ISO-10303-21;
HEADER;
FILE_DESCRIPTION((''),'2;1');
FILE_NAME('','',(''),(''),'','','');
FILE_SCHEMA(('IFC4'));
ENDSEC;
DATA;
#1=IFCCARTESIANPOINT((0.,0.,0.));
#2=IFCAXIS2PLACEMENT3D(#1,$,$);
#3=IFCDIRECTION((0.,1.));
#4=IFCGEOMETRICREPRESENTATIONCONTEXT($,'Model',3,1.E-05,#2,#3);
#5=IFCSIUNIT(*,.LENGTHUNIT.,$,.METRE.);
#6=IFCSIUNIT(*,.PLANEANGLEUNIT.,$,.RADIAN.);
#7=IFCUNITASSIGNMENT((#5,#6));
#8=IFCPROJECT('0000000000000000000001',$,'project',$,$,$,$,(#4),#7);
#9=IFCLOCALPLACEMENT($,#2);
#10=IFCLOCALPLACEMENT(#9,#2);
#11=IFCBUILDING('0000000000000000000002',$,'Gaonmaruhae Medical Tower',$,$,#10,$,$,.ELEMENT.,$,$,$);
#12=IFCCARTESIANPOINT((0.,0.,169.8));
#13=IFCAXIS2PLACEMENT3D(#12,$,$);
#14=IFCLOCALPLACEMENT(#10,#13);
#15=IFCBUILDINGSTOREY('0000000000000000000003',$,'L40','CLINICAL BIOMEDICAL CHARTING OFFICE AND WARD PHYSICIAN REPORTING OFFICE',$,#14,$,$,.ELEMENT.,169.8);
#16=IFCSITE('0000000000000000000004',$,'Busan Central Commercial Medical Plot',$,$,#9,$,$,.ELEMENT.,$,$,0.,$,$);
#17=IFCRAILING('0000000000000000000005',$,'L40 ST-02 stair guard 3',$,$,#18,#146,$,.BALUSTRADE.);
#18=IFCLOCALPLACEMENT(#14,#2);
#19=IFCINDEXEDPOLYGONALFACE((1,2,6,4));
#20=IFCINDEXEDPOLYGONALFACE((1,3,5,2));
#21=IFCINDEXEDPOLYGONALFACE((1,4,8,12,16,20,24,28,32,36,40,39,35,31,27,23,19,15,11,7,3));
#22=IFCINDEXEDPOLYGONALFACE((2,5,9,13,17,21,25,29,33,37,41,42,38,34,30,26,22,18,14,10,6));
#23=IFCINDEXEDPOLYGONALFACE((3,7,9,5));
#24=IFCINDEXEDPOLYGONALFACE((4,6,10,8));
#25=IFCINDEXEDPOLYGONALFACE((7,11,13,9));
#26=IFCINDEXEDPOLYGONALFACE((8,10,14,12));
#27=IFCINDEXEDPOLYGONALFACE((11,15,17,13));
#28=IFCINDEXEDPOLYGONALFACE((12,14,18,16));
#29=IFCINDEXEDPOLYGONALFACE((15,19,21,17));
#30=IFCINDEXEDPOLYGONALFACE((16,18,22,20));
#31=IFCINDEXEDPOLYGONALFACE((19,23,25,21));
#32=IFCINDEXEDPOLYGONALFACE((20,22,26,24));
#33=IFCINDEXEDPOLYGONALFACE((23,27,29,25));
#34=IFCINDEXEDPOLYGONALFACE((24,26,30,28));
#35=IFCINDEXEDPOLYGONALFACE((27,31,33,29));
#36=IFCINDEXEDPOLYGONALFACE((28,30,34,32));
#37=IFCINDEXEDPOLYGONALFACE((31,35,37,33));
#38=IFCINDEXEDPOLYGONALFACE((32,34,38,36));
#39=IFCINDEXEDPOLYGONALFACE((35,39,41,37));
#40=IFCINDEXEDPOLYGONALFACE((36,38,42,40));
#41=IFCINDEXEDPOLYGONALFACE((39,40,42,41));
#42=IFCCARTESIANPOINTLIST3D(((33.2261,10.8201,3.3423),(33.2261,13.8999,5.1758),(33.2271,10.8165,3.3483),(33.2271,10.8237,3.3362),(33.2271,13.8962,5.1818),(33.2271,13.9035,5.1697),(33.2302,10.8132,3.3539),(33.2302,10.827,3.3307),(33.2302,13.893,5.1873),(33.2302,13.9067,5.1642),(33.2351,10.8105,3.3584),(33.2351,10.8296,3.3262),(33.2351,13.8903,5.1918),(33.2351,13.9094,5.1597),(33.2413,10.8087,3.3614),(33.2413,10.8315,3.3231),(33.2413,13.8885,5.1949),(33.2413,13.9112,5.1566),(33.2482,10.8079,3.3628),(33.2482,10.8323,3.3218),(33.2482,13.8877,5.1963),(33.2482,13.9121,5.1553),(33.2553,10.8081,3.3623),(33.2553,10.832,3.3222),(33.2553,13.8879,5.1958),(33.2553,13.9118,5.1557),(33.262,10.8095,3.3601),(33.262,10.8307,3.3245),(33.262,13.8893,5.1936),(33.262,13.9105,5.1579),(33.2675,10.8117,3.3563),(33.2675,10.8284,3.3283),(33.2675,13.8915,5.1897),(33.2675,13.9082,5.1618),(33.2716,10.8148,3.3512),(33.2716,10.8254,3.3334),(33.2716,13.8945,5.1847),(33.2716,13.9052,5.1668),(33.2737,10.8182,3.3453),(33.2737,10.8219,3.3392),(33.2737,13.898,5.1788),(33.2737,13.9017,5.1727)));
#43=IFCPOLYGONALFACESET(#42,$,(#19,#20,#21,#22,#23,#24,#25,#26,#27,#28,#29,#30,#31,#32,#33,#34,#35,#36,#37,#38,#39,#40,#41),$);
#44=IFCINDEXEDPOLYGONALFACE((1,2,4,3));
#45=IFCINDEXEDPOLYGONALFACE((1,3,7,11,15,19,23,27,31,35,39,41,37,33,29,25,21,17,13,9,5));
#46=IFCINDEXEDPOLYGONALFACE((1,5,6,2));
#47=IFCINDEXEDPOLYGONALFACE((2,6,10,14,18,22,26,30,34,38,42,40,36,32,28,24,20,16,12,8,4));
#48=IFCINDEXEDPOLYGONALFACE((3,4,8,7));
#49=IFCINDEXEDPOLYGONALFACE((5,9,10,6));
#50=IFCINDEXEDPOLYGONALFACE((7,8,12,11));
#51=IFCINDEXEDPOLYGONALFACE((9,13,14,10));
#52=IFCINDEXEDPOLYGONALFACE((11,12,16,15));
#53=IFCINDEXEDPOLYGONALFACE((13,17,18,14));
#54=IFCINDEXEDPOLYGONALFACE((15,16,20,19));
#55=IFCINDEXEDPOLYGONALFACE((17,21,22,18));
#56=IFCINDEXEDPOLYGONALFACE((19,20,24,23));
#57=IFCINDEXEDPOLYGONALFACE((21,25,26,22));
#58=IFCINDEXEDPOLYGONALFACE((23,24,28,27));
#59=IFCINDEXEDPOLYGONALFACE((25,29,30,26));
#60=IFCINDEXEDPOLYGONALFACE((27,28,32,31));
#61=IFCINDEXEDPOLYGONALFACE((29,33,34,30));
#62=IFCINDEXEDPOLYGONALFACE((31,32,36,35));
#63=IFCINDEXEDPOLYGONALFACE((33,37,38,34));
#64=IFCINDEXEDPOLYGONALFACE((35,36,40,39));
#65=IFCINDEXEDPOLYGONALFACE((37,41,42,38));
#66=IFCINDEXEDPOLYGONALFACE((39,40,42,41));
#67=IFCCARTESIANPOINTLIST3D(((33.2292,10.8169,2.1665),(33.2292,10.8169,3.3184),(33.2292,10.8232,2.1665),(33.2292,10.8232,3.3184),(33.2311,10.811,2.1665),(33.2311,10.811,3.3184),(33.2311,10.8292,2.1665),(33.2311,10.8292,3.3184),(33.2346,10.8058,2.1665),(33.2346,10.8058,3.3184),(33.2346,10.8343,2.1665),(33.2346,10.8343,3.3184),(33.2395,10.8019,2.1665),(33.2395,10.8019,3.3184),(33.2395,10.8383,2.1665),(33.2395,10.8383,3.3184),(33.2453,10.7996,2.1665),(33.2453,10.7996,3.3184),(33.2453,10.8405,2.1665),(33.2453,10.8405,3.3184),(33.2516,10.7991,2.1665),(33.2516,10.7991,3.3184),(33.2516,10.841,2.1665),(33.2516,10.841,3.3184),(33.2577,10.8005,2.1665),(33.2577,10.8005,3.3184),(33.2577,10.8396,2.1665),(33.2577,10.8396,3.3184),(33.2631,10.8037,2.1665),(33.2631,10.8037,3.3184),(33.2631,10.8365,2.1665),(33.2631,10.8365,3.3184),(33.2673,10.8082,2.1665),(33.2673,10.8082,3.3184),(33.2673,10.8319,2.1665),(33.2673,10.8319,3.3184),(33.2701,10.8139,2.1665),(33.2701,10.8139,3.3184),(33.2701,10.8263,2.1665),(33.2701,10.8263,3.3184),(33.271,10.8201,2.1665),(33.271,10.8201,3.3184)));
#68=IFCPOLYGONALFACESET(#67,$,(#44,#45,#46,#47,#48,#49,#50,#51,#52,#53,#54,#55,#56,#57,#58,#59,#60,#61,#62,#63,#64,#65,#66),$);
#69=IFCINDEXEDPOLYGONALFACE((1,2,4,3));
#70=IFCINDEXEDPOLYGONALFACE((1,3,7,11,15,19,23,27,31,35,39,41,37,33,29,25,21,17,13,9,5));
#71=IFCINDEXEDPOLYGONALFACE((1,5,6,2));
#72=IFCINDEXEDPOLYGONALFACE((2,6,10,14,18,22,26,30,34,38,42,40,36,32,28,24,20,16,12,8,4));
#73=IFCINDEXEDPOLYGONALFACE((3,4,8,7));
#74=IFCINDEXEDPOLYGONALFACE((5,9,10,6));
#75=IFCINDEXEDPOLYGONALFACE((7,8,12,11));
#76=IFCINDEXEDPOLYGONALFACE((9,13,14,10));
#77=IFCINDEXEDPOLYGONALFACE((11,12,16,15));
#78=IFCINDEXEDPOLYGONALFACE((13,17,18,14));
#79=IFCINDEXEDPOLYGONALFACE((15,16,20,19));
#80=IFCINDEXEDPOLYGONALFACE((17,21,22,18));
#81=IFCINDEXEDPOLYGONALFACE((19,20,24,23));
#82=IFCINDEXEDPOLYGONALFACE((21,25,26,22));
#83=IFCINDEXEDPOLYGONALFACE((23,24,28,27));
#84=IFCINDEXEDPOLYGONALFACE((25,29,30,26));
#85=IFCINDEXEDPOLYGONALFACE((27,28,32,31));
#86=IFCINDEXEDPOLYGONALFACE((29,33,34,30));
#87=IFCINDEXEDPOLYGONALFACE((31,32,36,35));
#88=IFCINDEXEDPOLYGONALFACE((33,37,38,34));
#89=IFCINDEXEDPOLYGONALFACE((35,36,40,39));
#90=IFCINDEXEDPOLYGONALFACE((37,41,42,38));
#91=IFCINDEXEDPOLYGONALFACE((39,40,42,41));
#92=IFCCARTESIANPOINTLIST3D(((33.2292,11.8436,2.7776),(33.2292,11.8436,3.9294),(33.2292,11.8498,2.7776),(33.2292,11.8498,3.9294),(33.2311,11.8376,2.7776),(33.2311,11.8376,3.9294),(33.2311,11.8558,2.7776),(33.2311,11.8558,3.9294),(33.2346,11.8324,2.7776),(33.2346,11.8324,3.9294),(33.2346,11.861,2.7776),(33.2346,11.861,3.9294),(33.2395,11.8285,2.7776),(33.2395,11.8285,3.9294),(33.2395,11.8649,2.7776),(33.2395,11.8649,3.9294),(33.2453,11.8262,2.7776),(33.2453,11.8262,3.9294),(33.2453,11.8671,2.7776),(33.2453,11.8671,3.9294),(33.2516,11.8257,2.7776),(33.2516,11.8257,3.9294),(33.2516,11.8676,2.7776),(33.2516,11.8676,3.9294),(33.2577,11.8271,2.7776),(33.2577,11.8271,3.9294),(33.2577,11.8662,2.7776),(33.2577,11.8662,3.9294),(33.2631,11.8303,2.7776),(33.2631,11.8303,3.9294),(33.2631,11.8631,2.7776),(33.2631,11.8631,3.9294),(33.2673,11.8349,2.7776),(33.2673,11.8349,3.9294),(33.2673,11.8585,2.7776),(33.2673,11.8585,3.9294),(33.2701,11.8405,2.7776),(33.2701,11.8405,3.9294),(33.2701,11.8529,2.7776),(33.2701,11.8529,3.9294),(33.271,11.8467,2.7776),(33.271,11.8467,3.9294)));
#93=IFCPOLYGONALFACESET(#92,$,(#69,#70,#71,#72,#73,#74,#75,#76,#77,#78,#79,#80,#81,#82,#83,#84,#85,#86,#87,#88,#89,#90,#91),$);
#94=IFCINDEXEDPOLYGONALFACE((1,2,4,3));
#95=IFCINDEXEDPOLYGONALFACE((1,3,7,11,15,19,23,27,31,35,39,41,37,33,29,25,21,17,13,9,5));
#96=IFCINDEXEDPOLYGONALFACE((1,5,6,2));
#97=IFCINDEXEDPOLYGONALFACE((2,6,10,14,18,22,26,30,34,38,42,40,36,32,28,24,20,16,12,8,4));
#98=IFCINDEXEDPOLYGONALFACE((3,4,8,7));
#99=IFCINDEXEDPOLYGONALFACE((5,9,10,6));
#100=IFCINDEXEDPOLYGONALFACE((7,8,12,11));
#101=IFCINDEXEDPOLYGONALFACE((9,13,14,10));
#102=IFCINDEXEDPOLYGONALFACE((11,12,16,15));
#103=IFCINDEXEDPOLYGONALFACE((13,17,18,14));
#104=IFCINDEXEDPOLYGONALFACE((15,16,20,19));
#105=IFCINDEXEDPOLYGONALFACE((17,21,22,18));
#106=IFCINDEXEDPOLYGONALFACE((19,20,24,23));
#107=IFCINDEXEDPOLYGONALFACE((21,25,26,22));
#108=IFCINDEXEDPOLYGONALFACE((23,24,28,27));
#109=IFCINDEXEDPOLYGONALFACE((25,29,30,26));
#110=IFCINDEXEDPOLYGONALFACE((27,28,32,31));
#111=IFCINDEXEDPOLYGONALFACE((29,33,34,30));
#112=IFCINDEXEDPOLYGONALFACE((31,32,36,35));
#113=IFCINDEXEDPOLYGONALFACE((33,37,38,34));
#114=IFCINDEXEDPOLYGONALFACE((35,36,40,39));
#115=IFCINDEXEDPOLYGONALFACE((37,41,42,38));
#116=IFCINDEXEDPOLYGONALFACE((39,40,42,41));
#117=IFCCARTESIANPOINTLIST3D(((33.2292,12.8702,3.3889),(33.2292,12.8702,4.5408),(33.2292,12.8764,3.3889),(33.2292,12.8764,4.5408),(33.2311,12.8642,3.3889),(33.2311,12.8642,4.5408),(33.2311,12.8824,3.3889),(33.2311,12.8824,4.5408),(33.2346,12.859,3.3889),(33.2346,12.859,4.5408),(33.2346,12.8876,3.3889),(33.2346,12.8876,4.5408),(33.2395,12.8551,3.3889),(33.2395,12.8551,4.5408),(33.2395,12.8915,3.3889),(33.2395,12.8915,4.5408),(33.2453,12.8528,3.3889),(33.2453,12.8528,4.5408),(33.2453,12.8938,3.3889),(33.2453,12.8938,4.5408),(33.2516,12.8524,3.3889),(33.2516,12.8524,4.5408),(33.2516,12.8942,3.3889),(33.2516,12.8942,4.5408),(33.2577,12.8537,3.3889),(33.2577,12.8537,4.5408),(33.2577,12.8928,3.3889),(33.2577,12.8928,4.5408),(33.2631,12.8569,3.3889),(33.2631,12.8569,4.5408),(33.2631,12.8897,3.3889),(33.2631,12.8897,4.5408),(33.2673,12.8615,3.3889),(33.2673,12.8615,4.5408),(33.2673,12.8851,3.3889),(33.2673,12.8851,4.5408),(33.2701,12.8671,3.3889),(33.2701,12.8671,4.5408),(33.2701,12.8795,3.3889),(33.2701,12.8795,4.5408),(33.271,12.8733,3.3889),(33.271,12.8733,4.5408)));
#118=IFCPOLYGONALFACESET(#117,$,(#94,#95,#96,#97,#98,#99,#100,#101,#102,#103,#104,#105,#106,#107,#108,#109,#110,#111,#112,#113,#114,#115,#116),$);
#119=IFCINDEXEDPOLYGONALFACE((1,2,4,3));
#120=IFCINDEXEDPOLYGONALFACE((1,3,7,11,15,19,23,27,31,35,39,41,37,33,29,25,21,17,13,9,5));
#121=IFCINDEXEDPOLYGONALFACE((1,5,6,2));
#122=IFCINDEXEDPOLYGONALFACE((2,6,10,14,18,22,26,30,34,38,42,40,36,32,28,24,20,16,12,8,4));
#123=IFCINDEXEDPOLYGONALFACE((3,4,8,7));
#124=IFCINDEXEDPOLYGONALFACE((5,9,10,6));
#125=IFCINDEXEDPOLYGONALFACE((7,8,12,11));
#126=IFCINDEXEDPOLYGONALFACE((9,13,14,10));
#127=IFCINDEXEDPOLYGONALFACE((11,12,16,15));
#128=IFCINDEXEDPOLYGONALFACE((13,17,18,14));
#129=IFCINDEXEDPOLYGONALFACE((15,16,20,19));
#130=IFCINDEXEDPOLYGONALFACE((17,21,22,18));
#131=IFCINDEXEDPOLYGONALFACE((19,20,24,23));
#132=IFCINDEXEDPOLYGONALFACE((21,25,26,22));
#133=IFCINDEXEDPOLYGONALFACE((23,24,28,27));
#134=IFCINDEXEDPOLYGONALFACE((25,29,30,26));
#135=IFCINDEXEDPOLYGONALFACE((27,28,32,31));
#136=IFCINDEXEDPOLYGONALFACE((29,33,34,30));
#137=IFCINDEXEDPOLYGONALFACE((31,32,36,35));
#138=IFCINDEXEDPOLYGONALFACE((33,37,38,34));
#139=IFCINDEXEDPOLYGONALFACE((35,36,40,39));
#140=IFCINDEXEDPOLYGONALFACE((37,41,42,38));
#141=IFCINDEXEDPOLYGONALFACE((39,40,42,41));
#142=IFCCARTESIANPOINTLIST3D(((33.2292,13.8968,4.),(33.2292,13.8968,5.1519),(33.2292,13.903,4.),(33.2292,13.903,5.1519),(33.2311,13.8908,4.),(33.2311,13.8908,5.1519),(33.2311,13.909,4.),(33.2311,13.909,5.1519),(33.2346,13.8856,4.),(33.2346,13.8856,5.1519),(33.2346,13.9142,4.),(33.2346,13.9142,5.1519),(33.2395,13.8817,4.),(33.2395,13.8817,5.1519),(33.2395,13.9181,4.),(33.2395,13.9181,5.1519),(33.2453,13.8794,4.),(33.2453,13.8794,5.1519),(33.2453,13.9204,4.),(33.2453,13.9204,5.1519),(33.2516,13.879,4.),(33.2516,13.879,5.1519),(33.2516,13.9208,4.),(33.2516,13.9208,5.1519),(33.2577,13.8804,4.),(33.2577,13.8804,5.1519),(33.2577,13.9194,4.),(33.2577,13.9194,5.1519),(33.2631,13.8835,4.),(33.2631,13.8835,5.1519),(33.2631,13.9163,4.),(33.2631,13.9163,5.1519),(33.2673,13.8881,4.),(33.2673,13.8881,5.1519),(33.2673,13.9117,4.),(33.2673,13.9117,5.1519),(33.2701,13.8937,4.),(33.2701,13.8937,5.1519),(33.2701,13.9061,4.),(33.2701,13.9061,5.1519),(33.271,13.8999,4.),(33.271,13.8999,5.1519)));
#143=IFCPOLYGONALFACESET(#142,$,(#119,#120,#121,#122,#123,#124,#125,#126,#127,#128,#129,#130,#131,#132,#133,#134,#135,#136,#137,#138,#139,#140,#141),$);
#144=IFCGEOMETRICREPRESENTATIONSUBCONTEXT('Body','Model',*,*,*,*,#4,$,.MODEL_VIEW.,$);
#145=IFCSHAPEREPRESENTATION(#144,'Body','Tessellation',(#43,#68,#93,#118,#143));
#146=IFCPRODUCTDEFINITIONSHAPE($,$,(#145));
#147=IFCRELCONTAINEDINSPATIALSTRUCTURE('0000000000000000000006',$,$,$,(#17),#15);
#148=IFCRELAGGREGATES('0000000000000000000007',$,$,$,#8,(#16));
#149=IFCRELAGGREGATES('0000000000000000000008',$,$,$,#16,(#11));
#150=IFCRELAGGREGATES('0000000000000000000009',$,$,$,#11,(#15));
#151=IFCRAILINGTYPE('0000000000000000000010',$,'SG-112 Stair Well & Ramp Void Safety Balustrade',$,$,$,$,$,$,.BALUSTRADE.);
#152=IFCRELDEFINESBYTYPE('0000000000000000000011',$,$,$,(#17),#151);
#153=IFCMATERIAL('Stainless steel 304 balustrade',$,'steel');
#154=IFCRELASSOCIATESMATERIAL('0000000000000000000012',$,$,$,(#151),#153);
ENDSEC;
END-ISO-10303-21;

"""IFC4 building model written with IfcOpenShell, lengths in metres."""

from ifc_helpers import new_model, si_unit, direction, frame, origin, origin_2d, place, context, subcontext, project, spatial, circle, extrude, material, type_object, element, save


model = new_model("IFC4")

# Units and contexts
model_context = context("Model", 3, precision=1e-05, world=origin(), true_north=direction((0.0, 1.0)))
body_context = subcontext(model_context, "Body", "Model", "MODEL_VIEW")
ifc_project = project(units=[si_unit("LENGTHUNIT", "METRE"), si_unit("PLANEANGLEUNIT", "RADIAN")], contexts=[model_context])

# Site, building, storey
site_placement = place(None, origin())
site = spatial("IfcSite", under=ifc_project, at=site_placement, Name="Busan Central Commercial Medical Plot", CompositionType="ELEMENT", RefElevation=0.0)
building_placement = place(site_placement, origin())
building = spatial("IfcBuilding", under=site, at=building_placement, Name="Gaonmaruhae Medical Tower", CompositionType="ELEMENT")
storey_placement = place(building_placement, frame((0.0, 0.0, 169.8)))
storey = spatial("IfcBuildingStorey", under=building, at=storey_placement, Name="L40", Description="CLINICAL BIOMEDICAL CHARTING OFFICE AND WARD PHYSICIAN REPORTING OFFICE", CompositionType="ELEMENT", Elevation=169.8)

# Railing
ifc_material_1 = material(Name="Stainless steel 304 balustrade", Category="steel")
railing_type = type_object("IfcRailingType", Name="SG-112 Stair Well & Ramp Void Safety Balustrade", PredefinedType="BALUSTRADE", material=ifc_material_1)
railing_1_placement = place(storey_placement, frame((33.25, 10.8201, 2.1665)))
element("IfcRailing", 1, at=railing_1_placement, inside=storey, type_object=railing_type, Name="L40 ST-02 stair guard 3", PredefinedType="BALUSTRADE", context=body_context, shape_type="SweptSolid", body=[
    extrude(circle(Radius=0.0239, at=origin_2d()), frame((0.0, 0.0, 1.1758), z_axis=(0.0, 0.859261, 0.511538), x_axis=(-1.0, 0.0, 0.0)), (0.0, 0.0, 1.0), 3.5842),
    extrude(circle(Radius=0.021, at=origin_2d()), origin(), (0.0, 0.0, 1.0), 1.1519),
    extrude(circle(Radius=0.021, at=origin_2d()), frame((0.0, 1.0266, 0.6111)), (0.0, 0.0, 1.0), 1.1519),
    extrude(circle(Radius=0.021, at=origin_2d()), frame((0.0, 2.0532, 1.2224)), (0.0, 0.0, 1.0), 1.1519),
    extrude(circle(Radius=0.021, at=origin_2d()), frame((0.0, 3.0798, 1.8335)), (0.0, 0.0, 1.0), 1.1519),
])

save(model, "model.ifc")
